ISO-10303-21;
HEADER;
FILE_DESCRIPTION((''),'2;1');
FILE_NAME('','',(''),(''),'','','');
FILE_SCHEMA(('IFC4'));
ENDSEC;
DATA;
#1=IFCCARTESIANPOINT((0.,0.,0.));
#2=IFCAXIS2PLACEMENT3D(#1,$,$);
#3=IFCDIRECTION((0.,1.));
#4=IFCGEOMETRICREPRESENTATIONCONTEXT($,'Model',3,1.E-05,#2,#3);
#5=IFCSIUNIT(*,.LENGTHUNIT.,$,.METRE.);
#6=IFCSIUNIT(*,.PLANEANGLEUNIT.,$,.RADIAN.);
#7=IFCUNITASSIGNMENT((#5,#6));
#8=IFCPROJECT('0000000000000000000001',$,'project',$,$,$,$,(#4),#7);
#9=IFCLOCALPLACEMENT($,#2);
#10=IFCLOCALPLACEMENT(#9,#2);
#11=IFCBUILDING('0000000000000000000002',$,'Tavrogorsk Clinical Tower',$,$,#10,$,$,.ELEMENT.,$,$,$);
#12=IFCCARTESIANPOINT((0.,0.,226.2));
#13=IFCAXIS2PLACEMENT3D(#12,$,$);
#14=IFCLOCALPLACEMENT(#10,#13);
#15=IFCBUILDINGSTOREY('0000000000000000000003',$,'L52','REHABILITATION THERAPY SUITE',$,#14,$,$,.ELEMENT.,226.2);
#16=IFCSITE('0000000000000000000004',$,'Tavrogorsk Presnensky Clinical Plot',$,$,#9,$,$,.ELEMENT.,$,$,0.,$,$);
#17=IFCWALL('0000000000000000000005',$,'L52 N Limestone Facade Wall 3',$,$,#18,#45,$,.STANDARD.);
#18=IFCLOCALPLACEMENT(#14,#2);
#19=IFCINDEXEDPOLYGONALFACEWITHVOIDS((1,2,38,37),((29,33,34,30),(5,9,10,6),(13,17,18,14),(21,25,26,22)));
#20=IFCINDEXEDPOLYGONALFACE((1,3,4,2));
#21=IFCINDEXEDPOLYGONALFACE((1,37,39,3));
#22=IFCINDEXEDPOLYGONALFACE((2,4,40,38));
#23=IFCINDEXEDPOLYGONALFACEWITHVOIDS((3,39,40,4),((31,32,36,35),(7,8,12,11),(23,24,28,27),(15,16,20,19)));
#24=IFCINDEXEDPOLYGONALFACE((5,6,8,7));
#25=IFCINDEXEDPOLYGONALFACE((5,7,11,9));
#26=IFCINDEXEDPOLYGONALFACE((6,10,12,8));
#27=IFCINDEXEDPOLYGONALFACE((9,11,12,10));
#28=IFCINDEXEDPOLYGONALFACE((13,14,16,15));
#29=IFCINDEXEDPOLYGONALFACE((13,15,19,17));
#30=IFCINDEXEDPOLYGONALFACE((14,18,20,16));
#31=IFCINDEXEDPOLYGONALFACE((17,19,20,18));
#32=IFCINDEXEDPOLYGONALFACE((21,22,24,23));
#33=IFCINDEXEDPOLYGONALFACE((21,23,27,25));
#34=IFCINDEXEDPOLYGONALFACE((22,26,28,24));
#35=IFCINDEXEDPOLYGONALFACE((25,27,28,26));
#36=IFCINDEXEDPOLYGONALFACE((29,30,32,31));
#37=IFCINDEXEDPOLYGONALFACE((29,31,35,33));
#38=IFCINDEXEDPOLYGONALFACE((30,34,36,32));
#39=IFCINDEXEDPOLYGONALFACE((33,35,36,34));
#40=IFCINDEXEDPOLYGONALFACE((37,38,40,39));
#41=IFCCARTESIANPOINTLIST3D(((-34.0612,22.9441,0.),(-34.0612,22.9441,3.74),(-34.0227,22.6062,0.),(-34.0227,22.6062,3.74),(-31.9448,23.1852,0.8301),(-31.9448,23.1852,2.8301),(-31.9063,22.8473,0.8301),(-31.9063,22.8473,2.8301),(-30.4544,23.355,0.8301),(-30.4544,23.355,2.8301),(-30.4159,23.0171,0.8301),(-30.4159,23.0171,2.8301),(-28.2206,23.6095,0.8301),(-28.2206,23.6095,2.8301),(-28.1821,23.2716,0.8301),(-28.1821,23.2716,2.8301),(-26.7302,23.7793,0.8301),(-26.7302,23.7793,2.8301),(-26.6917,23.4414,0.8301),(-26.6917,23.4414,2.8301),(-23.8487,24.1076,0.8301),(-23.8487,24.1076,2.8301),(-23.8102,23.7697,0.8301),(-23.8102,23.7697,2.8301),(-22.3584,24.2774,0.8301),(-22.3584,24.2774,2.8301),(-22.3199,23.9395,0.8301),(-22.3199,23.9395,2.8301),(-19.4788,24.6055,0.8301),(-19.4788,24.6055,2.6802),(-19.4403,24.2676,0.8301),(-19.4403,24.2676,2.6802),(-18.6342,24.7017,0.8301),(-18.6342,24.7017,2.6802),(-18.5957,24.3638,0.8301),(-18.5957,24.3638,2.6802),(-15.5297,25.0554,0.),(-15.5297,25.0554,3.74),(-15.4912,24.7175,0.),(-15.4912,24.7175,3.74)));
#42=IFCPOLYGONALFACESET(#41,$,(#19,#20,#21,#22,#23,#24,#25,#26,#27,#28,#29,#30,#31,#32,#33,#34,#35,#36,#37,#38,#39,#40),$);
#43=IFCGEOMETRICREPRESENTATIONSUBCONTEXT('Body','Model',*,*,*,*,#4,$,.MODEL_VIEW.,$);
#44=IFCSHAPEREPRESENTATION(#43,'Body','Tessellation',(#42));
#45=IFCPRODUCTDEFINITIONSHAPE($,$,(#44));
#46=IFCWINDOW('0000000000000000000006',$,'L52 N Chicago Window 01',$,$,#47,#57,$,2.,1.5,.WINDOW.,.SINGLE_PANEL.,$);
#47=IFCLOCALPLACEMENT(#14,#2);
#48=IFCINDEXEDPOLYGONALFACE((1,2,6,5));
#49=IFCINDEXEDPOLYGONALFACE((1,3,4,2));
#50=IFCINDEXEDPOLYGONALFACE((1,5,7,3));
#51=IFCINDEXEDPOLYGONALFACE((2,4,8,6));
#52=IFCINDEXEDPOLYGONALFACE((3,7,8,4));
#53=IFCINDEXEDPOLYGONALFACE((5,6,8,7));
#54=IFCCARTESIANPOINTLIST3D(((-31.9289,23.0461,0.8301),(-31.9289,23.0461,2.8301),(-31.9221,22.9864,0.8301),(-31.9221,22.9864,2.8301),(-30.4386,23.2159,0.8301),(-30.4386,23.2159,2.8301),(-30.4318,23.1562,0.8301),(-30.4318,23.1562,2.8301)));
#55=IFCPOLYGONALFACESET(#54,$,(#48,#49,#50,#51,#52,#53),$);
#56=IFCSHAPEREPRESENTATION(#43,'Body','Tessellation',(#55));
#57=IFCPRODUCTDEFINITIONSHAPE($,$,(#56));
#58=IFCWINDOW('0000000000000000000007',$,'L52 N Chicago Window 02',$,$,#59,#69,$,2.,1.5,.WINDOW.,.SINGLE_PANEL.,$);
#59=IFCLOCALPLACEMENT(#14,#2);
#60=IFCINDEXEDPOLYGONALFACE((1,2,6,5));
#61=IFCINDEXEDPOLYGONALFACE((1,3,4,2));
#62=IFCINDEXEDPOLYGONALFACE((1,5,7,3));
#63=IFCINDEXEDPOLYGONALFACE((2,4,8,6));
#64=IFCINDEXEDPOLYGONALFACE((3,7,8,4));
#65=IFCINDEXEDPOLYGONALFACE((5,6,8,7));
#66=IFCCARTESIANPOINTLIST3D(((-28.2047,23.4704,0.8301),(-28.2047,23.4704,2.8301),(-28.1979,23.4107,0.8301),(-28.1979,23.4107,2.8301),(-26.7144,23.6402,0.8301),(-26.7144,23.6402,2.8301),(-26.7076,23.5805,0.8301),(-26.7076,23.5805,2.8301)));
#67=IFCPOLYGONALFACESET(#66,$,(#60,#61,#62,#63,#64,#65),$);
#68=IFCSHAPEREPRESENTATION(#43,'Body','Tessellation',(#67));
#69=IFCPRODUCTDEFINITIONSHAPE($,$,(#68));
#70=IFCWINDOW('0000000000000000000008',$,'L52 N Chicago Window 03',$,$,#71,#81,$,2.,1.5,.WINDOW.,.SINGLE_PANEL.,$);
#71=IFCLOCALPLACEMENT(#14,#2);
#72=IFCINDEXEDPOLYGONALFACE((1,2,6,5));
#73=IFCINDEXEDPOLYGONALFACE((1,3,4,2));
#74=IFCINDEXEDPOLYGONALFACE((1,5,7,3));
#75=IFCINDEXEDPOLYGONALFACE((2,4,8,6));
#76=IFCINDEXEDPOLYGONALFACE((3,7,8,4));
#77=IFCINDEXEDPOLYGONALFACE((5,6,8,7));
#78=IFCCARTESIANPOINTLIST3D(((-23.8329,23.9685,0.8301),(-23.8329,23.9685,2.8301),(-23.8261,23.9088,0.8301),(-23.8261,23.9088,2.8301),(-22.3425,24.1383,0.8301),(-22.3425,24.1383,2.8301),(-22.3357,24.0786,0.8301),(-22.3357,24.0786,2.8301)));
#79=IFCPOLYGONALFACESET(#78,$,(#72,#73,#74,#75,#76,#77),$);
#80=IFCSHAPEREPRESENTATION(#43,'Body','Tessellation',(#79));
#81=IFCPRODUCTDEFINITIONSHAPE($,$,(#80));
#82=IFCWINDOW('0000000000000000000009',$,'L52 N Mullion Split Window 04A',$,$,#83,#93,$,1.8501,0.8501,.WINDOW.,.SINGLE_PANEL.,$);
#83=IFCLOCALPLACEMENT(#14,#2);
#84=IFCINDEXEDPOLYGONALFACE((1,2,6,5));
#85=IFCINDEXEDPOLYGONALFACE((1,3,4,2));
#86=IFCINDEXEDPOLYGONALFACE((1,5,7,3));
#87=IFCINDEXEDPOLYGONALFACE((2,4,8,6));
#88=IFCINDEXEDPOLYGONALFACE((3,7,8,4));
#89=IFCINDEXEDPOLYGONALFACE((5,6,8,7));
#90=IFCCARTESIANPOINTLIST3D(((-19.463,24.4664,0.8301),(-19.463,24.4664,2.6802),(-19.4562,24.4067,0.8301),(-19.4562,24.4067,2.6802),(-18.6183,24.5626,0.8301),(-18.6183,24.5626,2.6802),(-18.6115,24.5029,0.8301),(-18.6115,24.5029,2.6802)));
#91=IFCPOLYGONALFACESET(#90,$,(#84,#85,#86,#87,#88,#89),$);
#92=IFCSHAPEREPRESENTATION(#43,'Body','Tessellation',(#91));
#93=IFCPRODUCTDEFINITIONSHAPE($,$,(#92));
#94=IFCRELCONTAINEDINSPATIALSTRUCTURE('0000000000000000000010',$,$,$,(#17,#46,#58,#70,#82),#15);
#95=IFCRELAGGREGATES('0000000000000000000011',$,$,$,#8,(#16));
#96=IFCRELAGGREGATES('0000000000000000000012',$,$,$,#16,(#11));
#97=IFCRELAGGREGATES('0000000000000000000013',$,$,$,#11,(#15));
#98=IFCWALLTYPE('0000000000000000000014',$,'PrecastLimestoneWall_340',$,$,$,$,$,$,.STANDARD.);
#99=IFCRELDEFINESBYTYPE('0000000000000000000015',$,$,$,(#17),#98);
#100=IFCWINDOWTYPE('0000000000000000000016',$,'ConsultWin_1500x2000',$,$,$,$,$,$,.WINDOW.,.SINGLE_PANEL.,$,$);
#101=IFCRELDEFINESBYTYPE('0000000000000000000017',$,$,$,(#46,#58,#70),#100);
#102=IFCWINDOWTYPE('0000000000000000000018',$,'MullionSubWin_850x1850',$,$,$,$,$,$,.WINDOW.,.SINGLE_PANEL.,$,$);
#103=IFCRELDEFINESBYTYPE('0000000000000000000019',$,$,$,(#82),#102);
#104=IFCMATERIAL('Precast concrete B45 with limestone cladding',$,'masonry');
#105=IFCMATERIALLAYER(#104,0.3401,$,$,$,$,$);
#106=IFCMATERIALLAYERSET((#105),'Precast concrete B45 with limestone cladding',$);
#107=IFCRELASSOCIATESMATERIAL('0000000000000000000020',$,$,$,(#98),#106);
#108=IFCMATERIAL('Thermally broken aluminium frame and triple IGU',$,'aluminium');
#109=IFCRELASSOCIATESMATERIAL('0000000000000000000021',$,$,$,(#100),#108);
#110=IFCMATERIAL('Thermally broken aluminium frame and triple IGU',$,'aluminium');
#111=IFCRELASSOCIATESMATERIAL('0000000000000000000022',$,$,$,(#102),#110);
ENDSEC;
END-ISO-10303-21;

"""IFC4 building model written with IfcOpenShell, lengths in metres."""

from ifc_helpers import new_model, si_unit, direction, frame, frame_2d, origin, place, context, subcontext, project, spatial, rectangle, extrude, material, layer, layer_set, type_object, element, fill, save


model = new_model("IFC4")

# Units and contexts
model_context = context("Model", 3, precision=1e-05, world=origin(), true_north=direction((0.0, 1.0)))
body_context = subcontext(model_context, "Body", "Model", "MODEL_VIEW")
ifc_project = project(units=[si_unit("LENGTHUNIT", "METRE"), si_unit("PLANEANGLEUNIT", "RADIAN")], contexts=[model_context])

# Site, building, storey
site_placement = place(None, origin())
site = spatial("IfcSite", under=ifc_project, at=site_placement, Name="Tavrogorsk Presnensky Clinical Plot", CompositionType="ELEMENT", RefElevation=0.0)
building_placement = place(site_placement, origin())
building = spatial("IfcBuilding", under=site, at=building_placement, Name="Tavrogorsk Clinical Tower", CompositionType="ELEMENT")
storey_placement = place(building_placement, frame((0.0, 0.0, 226.2)))
storey = spatial("IfcBuildingStorey", under=building, at=storey_placement, Name="L52", Description="REHABILITATION THERAPY SUITE", CompositionType="ELEMENT", Elevation=226.2)

# Wall, openings, windows
ifc_material_1 = material(Name="Precast concrete B45 with limestone cladding", Category="masonry")
ifc_layer_1 = layer(ifc_material_1, 0.3401)
ifc_layer_set_1 = layer_set([ifc_layer_1], Name="Precast concrete B45 with limestone cladding")
wall_type_1 = type_object("IfcWallType", Name="PrecastLimestoneWall_340", PredefinedType="STANDARD", material=ifc_layer_set_1)
wall_1_placement = place(storey_placement, frame((-15.5105, 24.8865, 0.0), z_axis=(0.0, 0.0, 1.0), x_axis=(-0.993572, -0.1132, 0.0)))
wall_1 = element("IfcWall", 1, at=wall_1_placement, inside=storey, type_object=wall_type_1, Name="L52 N Limestone Facade Wall 3", PredefinedType="STANDARD", context=body_context, shape_type="SweptSolid", body=[
    extrude(rectangle(XDim=18.6514, YDim=0.3401, at=frame_2d((9.3257, 0.0))), origin(), (0.0, 0.0, 1.0), 3.74),
])
opening_1_placement = place(wall_1_placement, frame((15.0212, 0.0, 0.8301)))
opening_1 = element("IfcOpeningElement", 2, at=opening_1_placement, cuts=wall_1, PredefinedType="OPENING", context=body_context, shape_type="SweptSolid", body=[
    extrude(rectangle(XDim=1.5, YDim=2.0, at=frame_2d((0.75, 1.0))), frame((0.0, 0.1799, 0.0), z_axis=(0.0, -1.0, 0.0), x_axis=(1.0, 0.0, 0.0)), (0.0, 0.0, 1.0), 0.3601),
])
opening_2_placement = place(wall_1_placement, frame((11.2729, 0.0, 0.8301)))
opening_2 = element("IfcOpeningElement", 3, at=opening_2_placement, cuts=wall_1, PredefinedType="OPENING", context=body_context, shape_type="SweptSolid", body=[
    extrude(rectangle(XDim=1.5, YDim=2.0, at=frame_2d((0.75, 1.0))), frame((0.0, 0.1799, 0.0), z_axis=(0.0, -1.0, 0.0), x_axis=(1.0, 0.0, 0.0)), (0.0, 0.0, 1.0), 0.3601),
])
opening_3_placement = place(wall_1_placement, frame((6.8728, 0.0, 0.8301)))
opening_3 = element("IfcOpeningElement", 4, at=opening_3_placement, cuts=wall_1, PredefinedType="OPENING", context=body_context, shape_type="SweptSolid", body=[
    extrude(rectangle(XDim=1.5, YDim=2.0, at=frame_2d((0.75, 1.0))), frame((0.0, 0.1799, 0.0), z_axis=(0.0, -1.0, 0.0), x_axis=(1.0, 0.0, 0.0)), (0.0, 0.0, 1.0), 0.3601),
])
opening_4_placement = place(wall_1_placement, frame((3.1245, 0.0, 0.8301)))
opening_4 = element("IfcOpeningElement", 5, at=opening_4_placement, cuts=wall_1, PredefinedType="OPENING", context=body_context, shape_type="SweptSolid", body=[
    extrude(rectangle(XDim=0.8501, YDim=1.8501, at=frame_2d((0.425, 0.925))), frame((0.0, 0.1799, 0.0), z_axis=(0.0, -1.0, 0.0), x_axis=(1.0, 0.0, 0.0)), (0.0, 0.0, 1.0), 0.3601),
])
ifc_material_2 = material(Name="Thermally broken aluminium frame and triple IGU", Category="aluminium")
window_type_1 = type_object("IfcWindowType", Name="ConsultWin_1500x2000", PartitioningType="SINGLE_PANEL", PredefinedType="WINDOW", material=ifc_material_2)
window_1_placement = place(opening_1_placement, origin())
window_1 = element("IfcWindow", 6, at=window_1_placement, inside=storey, type_object=window_type_1, Name="L52 N Chicago Window 01", OverallHeight=2.0, OverallWidth=1.5, PartitioningType="SINGLE_PANEL", PredefinedType="WINDOW", context=body_context, shape_type="SweptSolid", body=[
    extrude(rectangle(XDim=1.5, YDim=2.0, at=frame_2d((0.75, 1.0))), frame((0.0, 0.03, 0.0), z_axis=(0.0, -1.0, 0.0), x_axis=(1.0, 0.0, 0.0)), (0.0, 0.0, 1.0), 0.0601),
])
fill(opening_1, window_1)
window_2_placement = place(opening_2_placement, origin())
window_2 = element("IfcWindow", 7, at=window_2_placement, inside=storey, type_object=window_type_1, Name="L52 N Chicago Window 02", OverallHeight=2.0, OverallWidth=1.5, PartitioningType="SINGLE_PANEL", PredefinedType="WINDOW", context=body_context, shape_type="SweptSolid", body=[
    extrude(rectangle(XDim=1.5, YDim=2.0, at=frame_2d((0.75, 1.0))), frame((0.0, 0.03, 0.0), z_axis=(0.0, -1.0, 0.0), x_axis=(1.0, 0.0, 0.0)), (0.0, 0.0, 1.0), 0.0601),
])
fill(opening_2, window_2)
window_3_placement = place(opening_3_placement, origin())
window_3 = element("IfcWindow", 8, at=window_3_placement, inside=storey, type_object=window_type_1, Name="L52 N Chicago Window 03", OverallHeight=2.0, OverallWidth=1.5, PartitioningType="SINGLE_PANEL", PredefinedType="WINDOW", context=body_context, shape_type="SweptSolid", body=[
    extrude(rectangle(XDim=1.5, YDim=2.0, at=frame_2d((0.75, 1.0))), frame((0.0, 0.03, 0.0), z_axis=(0.0, -1.0, 0.0), x_axis=(1.0, 0.0, 0.0)), (0.0, 0.0, 1.0), 0.0601),
])
fill(opening_3, window_3)
ifc_material_3 = material(Name="Thermally broken aluminium frame and triple IGU", Category="aluminium")
window_type_2 = type_object("IfcWindowType", Name="MullionSubWin_850x1850", PartitioningType="SINGLE_PANEL", PredefinedType="WINDOW", material=ifc_material_3)
window_4_placement = place(opening_4_placement, origin())
window_4 = element("IfcWindow", 9, at=window_4_placement, inside=storey, type_object=window_type_2, Name="L52 N Mullion Split Window 04A", OverallHeight=1.8501, OverallWidth=0.8501, PartitioningType="SINGLE_PANEL", PredefinedType="WINDOW", context=body_context, shape_type="SweptSolid", body=[
    extrude(rectangle(XDim=0.8501, YDim=1.8501, at=frame_2d((0.425, 0.925))), frame((0.0, 0.03, 0.0), z_axis=(0.0, -1.0, 0.0), x_axis=(1.0, 0.0, 0.0)), (0.0, 0.0, 1.0), 0.0601),
])
fill(opening_4, window_4)

save(model, "model.ifc")
